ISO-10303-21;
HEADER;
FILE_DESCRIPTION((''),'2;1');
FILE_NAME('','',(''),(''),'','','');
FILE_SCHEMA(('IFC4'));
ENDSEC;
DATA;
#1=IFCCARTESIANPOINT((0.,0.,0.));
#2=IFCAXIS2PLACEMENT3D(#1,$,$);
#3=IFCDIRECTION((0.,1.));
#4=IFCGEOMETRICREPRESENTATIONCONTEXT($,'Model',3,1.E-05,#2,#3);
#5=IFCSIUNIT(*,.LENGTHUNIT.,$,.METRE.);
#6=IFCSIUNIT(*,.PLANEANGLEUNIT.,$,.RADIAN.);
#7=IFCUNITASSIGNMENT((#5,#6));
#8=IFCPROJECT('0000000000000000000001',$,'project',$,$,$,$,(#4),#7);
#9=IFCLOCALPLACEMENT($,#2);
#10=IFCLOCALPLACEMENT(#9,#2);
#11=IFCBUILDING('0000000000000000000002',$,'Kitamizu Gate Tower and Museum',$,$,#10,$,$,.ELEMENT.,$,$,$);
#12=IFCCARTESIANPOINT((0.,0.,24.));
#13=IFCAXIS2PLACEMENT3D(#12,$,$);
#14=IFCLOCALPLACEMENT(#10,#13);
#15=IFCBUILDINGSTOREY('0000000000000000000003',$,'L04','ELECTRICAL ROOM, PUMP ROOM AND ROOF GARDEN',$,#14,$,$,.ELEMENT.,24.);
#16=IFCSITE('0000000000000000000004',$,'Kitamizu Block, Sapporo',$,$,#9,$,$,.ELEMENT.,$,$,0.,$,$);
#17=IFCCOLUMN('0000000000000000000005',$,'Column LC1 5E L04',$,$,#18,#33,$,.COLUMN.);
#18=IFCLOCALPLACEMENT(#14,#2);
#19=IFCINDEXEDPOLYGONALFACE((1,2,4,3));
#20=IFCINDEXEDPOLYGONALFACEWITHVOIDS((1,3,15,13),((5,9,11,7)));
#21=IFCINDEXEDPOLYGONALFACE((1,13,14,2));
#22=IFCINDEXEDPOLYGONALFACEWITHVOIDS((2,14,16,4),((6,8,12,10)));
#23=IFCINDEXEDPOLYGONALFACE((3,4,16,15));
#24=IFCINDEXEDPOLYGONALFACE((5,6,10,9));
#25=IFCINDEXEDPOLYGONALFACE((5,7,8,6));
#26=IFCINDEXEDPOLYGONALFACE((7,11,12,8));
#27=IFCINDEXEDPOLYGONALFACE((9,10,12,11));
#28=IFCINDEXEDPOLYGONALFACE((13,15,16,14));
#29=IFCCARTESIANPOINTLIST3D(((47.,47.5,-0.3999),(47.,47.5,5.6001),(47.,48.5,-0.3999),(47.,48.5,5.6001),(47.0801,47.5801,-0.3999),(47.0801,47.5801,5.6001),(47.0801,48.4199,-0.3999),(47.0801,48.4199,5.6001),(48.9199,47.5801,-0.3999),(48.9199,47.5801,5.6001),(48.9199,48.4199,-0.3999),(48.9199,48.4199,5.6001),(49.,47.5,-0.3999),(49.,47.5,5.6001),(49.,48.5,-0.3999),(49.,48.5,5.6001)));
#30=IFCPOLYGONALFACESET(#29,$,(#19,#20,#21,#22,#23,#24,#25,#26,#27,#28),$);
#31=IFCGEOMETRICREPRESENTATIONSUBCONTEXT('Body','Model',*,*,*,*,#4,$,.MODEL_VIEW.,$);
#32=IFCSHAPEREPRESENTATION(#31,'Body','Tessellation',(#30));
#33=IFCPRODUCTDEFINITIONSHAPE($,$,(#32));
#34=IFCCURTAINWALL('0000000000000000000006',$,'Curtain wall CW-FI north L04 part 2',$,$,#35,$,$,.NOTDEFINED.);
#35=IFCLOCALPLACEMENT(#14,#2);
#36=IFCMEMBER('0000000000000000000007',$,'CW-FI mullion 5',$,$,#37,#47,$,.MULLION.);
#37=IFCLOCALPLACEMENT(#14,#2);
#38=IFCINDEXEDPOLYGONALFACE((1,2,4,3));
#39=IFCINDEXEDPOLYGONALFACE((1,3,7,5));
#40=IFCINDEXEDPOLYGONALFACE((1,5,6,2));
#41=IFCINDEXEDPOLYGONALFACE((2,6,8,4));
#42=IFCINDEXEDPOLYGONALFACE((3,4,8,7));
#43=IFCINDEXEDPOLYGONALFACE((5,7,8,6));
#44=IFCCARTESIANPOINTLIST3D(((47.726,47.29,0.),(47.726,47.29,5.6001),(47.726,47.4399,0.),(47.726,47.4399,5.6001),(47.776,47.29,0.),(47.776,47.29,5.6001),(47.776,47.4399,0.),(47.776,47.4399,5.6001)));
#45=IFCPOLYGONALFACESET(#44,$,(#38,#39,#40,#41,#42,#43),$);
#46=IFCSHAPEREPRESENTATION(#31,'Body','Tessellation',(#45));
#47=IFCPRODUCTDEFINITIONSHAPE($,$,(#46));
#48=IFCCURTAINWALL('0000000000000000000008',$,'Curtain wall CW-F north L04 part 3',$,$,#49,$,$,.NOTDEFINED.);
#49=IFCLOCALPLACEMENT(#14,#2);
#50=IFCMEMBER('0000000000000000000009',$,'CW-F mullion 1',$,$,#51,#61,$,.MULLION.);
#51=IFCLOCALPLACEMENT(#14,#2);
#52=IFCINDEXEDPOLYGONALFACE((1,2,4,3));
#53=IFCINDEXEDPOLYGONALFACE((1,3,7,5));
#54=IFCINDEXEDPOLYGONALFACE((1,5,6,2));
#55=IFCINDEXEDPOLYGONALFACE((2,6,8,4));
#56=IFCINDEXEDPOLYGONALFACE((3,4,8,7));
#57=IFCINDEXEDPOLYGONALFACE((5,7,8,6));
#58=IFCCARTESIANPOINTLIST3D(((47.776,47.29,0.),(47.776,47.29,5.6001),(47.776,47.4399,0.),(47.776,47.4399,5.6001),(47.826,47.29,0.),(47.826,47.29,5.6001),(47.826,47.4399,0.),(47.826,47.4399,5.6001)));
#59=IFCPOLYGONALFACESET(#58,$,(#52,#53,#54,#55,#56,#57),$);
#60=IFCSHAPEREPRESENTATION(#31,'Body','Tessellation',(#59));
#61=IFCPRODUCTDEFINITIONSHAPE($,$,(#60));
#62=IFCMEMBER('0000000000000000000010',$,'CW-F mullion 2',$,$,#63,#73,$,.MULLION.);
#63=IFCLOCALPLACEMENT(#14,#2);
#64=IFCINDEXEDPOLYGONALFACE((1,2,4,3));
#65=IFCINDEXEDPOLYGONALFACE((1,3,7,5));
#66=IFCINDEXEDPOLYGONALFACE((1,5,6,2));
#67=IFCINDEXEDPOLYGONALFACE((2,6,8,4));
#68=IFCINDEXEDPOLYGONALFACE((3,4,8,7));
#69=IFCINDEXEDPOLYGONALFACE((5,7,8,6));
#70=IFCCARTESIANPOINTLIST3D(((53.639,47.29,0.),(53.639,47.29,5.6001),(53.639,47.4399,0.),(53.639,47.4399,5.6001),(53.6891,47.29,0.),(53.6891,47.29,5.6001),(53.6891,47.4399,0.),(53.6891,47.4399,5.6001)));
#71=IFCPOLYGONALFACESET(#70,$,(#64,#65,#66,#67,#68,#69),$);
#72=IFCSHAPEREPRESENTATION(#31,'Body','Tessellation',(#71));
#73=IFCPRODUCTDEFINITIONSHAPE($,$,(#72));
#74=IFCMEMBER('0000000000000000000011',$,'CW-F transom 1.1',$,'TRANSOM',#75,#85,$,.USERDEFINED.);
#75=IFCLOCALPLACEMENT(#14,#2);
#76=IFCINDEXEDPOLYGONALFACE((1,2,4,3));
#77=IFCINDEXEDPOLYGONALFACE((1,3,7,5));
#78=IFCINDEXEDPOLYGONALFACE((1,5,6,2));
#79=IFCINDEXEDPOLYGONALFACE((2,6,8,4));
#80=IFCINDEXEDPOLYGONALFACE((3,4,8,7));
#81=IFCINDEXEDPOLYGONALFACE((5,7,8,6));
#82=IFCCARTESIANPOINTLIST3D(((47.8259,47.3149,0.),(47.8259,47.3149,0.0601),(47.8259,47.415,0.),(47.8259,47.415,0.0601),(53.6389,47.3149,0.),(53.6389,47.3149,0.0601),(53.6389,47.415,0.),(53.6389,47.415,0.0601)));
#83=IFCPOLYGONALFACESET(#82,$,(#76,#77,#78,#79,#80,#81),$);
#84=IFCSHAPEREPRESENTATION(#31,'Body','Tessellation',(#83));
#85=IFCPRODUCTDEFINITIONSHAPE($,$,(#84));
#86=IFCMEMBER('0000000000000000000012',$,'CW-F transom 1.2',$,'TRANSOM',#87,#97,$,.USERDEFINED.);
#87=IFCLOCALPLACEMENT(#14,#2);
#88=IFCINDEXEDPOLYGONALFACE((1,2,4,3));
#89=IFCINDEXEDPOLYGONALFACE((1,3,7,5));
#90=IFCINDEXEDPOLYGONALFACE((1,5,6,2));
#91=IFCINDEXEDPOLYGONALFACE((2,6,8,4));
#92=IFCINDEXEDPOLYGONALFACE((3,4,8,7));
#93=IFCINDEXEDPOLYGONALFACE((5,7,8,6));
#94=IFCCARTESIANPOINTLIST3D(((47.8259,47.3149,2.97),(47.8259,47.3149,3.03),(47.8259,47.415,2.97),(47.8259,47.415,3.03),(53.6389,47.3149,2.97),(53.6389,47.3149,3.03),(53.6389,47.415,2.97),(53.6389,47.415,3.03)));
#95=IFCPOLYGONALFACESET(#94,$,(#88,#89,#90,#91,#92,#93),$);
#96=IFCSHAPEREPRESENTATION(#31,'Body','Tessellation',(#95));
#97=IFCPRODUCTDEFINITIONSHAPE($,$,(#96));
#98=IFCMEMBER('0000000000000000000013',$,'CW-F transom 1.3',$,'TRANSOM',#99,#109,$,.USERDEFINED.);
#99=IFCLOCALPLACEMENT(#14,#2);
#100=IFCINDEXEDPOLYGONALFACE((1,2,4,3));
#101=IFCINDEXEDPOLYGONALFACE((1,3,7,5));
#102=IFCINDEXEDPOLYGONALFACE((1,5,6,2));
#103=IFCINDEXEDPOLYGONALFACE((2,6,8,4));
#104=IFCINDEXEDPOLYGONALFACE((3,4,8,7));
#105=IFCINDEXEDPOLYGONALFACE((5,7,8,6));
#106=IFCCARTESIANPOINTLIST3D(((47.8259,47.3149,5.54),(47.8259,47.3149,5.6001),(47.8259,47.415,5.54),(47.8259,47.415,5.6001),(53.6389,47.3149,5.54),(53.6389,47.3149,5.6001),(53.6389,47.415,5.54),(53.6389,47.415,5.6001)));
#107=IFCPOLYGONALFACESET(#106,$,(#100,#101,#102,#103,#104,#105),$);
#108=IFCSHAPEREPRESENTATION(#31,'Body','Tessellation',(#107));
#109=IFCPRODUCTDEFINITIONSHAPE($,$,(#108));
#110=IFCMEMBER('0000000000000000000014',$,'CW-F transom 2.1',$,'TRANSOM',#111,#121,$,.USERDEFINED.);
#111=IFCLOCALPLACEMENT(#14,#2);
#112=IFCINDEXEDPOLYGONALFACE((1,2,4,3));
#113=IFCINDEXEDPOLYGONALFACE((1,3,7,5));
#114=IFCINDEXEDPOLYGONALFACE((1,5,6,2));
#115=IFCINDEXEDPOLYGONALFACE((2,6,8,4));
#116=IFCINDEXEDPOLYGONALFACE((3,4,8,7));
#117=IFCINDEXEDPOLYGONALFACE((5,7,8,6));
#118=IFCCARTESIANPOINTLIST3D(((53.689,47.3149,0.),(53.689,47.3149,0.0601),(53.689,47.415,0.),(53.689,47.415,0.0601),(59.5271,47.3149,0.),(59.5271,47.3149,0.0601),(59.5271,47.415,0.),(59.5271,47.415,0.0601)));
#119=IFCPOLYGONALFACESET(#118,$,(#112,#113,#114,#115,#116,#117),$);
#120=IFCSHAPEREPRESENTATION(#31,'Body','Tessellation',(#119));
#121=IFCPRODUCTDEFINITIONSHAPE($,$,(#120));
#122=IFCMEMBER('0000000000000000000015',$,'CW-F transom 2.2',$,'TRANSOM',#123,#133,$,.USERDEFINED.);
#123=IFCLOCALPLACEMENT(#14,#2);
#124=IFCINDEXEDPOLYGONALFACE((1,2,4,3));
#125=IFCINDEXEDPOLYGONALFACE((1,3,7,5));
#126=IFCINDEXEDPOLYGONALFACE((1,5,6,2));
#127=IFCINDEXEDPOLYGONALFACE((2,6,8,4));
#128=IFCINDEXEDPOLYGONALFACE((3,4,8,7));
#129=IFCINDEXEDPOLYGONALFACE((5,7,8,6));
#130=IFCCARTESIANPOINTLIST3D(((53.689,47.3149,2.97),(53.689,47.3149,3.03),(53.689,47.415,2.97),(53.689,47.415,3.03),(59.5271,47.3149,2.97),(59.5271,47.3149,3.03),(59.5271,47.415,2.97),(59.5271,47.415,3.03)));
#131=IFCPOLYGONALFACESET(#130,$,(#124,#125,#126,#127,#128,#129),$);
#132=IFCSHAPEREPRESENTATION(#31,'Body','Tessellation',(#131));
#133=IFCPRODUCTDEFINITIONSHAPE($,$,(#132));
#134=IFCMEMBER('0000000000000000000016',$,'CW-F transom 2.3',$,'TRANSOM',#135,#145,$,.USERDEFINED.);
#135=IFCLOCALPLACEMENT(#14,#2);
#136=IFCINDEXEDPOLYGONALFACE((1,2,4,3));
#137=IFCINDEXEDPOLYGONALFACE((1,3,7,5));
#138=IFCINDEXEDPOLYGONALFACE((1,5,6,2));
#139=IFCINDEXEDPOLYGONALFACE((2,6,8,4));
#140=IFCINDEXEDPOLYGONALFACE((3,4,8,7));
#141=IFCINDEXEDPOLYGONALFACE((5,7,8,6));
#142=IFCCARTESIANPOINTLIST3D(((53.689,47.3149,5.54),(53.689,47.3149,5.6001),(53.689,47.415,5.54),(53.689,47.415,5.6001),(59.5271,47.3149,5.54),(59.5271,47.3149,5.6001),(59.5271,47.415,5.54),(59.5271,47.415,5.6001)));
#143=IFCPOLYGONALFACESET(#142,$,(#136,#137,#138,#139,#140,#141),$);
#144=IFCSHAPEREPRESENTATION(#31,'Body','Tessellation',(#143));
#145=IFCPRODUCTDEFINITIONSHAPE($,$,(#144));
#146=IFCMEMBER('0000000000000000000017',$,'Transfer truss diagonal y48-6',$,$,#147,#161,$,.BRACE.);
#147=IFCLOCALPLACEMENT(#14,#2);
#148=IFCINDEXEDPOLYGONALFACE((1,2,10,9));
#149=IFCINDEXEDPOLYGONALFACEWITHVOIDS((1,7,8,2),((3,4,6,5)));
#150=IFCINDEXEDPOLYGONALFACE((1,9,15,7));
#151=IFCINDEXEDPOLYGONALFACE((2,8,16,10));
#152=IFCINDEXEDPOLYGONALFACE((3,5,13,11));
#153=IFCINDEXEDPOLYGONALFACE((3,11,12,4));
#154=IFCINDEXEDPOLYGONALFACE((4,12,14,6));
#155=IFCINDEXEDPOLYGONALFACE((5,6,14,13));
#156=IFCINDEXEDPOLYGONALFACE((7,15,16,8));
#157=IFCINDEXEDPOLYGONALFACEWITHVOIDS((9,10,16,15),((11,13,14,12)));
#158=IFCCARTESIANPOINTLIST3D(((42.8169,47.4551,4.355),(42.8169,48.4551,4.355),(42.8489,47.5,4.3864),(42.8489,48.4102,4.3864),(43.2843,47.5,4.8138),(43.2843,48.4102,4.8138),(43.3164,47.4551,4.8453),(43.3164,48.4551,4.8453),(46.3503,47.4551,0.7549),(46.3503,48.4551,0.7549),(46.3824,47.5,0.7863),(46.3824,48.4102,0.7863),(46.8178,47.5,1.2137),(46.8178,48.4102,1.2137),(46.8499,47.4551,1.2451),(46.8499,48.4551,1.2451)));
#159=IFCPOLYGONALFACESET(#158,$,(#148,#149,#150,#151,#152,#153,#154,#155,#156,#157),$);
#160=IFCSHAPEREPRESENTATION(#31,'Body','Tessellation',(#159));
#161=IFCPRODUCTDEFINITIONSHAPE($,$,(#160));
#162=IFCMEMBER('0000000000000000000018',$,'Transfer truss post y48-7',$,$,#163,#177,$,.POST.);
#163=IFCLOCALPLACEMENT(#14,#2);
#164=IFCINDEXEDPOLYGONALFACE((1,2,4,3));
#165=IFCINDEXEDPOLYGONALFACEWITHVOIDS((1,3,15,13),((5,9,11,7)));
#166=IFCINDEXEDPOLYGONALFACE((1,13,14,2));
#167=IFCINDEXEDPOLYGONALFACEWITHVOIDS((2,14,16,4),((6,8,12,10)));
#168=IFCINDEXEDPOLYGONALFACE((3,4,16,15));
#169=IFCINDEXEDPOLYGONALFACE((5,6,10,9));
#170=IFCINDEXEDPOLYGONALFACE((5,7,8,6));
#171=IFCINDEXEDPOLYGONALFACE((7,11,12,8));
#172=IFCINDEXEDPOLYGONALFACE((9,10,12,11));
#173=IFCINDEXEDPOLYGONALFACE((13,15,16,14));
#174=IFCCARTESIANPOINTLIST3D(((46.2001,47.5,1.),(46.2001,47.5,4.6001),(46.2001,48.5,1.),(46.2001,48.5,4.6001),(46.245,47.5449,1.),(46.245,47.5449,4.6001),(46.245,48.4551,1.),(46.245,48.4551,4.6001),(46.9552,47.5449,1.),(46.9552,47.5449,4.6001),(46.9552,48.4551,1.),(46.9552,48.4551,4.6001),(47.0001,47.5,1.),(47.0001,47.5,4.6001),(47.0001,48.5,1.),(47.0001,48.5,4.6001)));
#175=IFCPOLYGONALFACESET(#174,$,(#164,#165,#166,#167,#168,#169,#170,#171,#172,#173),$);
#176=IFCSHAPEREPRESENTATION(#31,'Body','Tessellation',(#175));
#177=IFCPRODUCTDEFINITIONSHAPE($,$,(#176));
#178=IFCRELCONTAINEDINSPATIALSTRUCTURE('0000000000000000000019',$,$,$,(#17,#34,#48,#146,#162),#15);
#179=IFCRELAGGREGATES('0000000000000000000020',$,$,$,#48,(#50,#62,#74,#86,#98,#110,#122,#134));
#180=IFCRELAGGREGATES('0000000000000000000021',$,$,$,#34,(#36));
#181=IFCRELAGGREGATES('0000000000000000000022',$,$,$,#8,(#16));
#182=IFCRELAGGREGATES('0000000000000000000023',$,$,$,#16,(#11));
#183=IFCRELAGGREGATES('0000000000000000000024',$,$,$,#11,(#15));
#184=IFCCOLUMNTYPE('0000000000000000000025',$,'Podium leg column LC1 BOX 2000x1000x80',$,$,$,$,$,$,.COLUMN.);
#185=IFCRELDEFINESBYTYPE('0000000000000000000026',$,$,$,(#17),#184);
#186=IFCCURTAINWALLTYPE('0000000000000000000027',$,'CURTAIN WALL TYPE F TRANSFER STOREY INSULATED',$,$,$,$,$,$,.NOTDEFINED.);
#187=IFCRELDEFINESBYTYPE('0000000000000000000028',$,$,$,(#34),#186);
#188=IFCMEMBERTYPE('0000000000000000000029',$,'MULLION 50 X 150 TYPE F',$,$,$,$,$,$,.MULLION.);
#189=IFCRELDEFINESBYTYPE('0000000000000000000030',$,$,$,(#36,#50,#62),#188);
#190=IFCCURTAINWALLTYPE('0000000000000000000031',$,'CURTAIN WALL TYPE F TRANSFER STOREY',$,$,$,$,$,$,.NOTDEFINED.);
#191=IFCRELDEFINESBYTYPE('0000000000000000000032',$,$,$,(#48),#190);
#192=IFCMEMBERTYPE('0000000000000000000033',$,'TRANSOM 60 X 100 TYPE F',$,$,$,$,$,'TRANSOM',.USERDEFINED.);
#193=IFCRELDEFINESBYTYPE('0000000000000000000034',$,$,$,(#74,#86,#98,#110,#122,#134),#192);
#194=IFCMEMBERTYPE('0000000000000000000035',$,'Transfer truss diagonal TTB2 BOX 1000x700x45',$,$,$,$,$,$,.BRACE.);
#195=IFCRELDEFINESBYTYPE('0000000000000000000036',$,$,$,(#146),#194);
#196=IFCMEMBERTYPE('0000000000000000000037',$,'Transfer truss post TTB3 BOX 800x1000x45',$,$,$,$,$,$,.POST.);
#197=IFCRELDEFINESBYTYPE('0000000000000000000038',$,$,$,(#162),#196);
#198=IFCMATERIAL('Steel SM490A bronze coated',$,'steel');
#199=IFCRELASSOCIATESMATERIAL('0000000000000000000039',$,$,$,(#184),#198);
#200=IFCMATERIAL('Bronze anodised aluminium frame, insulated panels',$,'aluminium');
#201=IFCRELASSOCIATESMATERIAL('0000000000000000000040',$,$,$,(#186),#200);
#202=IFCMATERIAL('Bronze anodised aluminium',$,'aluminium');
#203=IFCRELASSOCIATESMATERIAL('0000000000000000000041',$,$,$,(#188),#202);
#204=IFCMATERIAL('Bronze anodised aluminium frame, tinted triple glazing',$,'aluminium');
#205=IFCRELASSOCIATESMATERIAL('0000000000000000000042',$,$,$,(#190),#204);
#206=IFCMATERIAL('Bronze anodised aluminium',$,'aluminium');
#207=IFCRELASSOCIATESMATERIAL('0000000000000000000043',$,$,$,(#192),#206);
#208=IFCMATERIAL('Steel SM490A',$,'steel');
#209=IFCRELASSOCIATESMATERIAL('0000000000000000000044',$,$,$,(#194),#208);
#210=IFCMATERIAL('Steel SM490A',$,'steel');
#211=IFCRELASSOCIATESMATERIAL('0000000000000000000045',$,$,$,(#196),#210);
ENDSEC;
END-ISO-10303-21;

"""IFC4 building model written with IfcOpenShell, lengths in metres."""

from ifc_helpers import new_model, si_unit, direction, frame, origin, origin_2d, place, context, subcontext, project, spatial, rectangle, hollow_rectangle, extrude, material, material_profile, profile_set, type_object, element, aggregate, save


model = new_model("IFC4")

# Units and contexts
model_context = context("Model", 3, precision=1e-05, world=origin(), true_north=direction((0.0, 1.0)))
body_context = subcontext(model_context, "Body", "Model", "MODEL_VIEW")
ifc_project = project(units=[si_unit("LENGTHUNIT", "METRE"), si_unit("PLANEANGLEUNIT", "RADIAN")], contexts=[model_context])

# Site, building, storey
site_placement = place(None, origin())
site = spatial("IfcSite", under=ifc_project, at=site_placement, Name="Kitamizu Block, Sapporo", CompositionType="ELEMENT", RefElevation=0.0)
building_placement = place(site_placement, origin())
building = spatial("IfcBuilding", under=site, at=building_placement, Name="Kitamizu Gate Tower and Museum", CompositionType="ELEMENT")
storey_placement = place(building_placement, frame((0.0, 0.0, 24.0)))
storey = spatial("IfcBuildingStorey", under=building, at=storey_placement, Name="L04", Description="ELECTRICAL ROOM, PUMP ROOM AND ROOF GARDEN", CompositionType="ELEMENT", Elevation=24.0)

# Column
ifc_material_1 = material(Name="Steel SM490A bronze coated", Category="steel")
ifc_material_profile_1 = material_profile(ifc_material_1, hollow_rectangle(XDim=2.0, YDim=1.0, WallThickness=0.0801, at=origin_2d()), Name="BOX 2000x1000x80")
ifc_profile_set_1 = profile_set([ifc_material_profile_1], Name="Steel SM490A bronze coated")
column_type = type_object("IfcColumnType", Name="Podium leg column LC1 BOX 2000x1000x80", PredefinedType="COLUMN", material=ifc_profile_set_1)
column_placement = place(storey_placement, frame((48.0, 48.0, -0.3999), z_axis=(0.0, 0.0, 1.0), x_axis=(1.0, 0.0, 0.0)))
element("IfcColumn", 1, at=column_placement, inside=storey, type_object=column_type, Name="Column LC1 5E L04", PredefinedType="COLUMN", context=body_context, shape_type="SweptSolid", body=[
    extrude(hollow_rectangle(XDim=2.0, YDim=1.0, WallThickness=0.0801, at=origin_2d()), origin(), (0.0, 0.0, 1.0), 6.0),
])

# Curtain wall, member
ifc_material_2 = material(Name="Bronze anodised aluminium frame, insulated panels", Category="aluminium")
curtain_wall_type_1 = type_object("IfcCurtainWallType", Name="CURTAIN WALL TYPE F TRANSFER STOREY INSULATED", PredefinedType="NOTDEFINED", material=ifc_material_2)
curtain_wall_1_placement = place(storey_placement, origin())
curtain_wall_1 = element("IfcCurtainWall", 2, at=curtain_wall_1_placement, inside=storey, type_object=curtain_wall_type_1, Name="Curtain wall CW-FI north L04 part 2", PredefinedType="NOTDEFINED")
ifc_material_3 = material(Name="Bronze anodised aluminium", Category="aluminium")
ifc_material_profile_2 = material_profile(ifc_material_3, rectangle(XDim=0.05, YDim=0.1499, at=origin_2d()), Name="AL 50X150")
ifc_profile_set_2 = profile_set([ifc_material_profile_2], Name="Bronze anodised aluminium")
member_type_1 = type_object("IfcMemberType", Name="MULLION 50 X 150 TYPE F", PredefinedType="MULLION", material=ifc_profile_set_2)
member_1_placement = place(storey_placement, frame((47.751, 47.365, 0.0), z_axis=(0.0, 0.0, 1.0), x_axis=(1.0, 0.0, 0.0)))
member_1 = element("IfcMember", 3, at=member_1_placement, type_object=member_type_1, Name="CW-FI mullion 5", PredefinedType="MULLION", context=body_context, shape_type="SweptSolid", body=[
    extrude(rectangle(XDim=0.05, YDim=0.1499, at=origin_2d()), origin(), (0.0, 0.0, 1.0), 5.6001),
])

# Curtain wall, members
ifc_material_4 = material(Name="Bronze anodised aluminium frame, tinted triple glazing", Category="aluminium")
curtain_wall_type_2 = type_object("IfcCurtainWallType", Name="CURTAIN WALL TYPE F TRANSFER STOREY", PredefinedType="NOTDEFINED", material=ifc_material_4)
curtain_wall_2_placement = place(storey_placement, origin())
curtain_wall_2 = element("IfcCurtainWall", 4, at=curtain_wall_2_placement, inside=storey, type_object=curtain_wall_type_2, Name="Curtain wall CW-F north L04 part 3", PredefinedType="NOTDEFINED")
member_2_placement = place(storey_placement, frame((47.801, 47.365, 0.0), z_axis=(0.0, 0.0, 1.0), x_axis=(1.0, 0.0, 0.0)))
member_2 = element("IfcMember", 5, at=member_2_placement, type_object=member_type_1, Name="CW-F mullion 1", PredefinedType="MULLION", context=body_context, shape_type="SweptSolid", body=[
    extrude(rectangle(XDim=0.05, YDim=0.1499, at=origin_2d()), origin(), (0.0, 0.0, 1.0), 5.6001),
])
member_3_placement = place(storey_placement, frame((53.6641, 47.365, 0.0), z_axis=(0.0, 0.0, 1.0), x_axis=(1.0, 0.0, 0.0)))
member_3 = element("IfcMember", 6, at=member_3_placement, type_object=member_type_1, Name="CW-F mullion 2", PredefinedType="MULLION", context=body_context, shape_type="SweptSolid", body=[
    extrude(rectangle(XDim=0.05, YDim=0.1499, at=origin_2d()), origin(), (0.0, 0.0, 1.0), 5.6001),
])
ifc_material_5 = material(Name="Bronze anodised aluminium", Category="aluminium")
ifc_material_profile_3 = material_profile(ifc_material_5, rectangle(XDim=0.1001, YDim=0.0601, at=origin_2d()), Name="AL 60X100")
ifc_profile_set_3 = profile_set([ifc_material_profile_3], Name="Bronze anodised aluminium")
member_type_2 = type_object("IfcMemberType", Name="TRANSOM 60 X 100 TYPE F", ElementType="TRANSOM", PredefinedType="USERDEFINED", material=ifc_profile_set_3)
member_4_placement = place(storey_placement, frame((47.8259, 47.365, 0.03), z_axis=(1.0, 0.0, 0.0), x_axis=(0.0, 1.0, 0.0)))
member_4 = element("IfcMember", 7, at=member_4_placement, type_object=member_type_2, Name="CW-F transom 1.1", ObjectType="TRANSOM", PredefinedType="USERDEFINED", context=body_context, shape_type="SweptSolid", body=[
    extrude(rectangle(XDim=0.1001, YDim=0.0601, at=origin_2d()), origin(), (0.0, 0.0, 1.0), 5.813),
])
member_5_placement = place(storey_placement, frame((47.8259, 47.365, 3.0), z_axis=(1.0, 0.0, 0.0), x_axis=(0.0, 1.0, 0.0)))
member_5 = element("IfcMember", 8, at=member_5_placement, type_object=member_type_2, Name="CW-F transom 1.2", ObjectType="TRANSOM", PredefinedType="USERDEFINED", context=body_context, shape_type="SweptSolid", body=[
    extrude(rectangle(XDim=0.1001, YDim=0.0601, at=origin_2d()), origin(), (0.0, 0.0, 1.0), 5.813),
])
member_6_placement = place(storey_placement, frame((47.8259, 47.365, 5.5701), z_axis=(1.0, 0.0, 0.0), x_axis=(0.0, 1.0, 0.0)))
member_6 = element("IfcMember", 9, at=member_6_placement, type_object=member_type_2, Name="CW-F transom 1.3", ObjectType="TRANSOM", PredefinedType="USERDEFINED", context=body_context, shape_type="SweptSolid", body=[
    extrude(rectangle(XDim=0.1001, YDim=0.0601, at=origin_2d()), origin(), (0.0, 0.0, 1.0), 5.813),
])
member_7_placement = place(storey_placement, frame((53.689, 47.365, 0.03), z_axis=(1.0, 0.0, 0.0), x_axis=(0.0, 1.0, 0.0)))
member_7 = element("IfcMember", 10, at=member_7_placement, type_object=member_type_2, Name="CW-F transom 2.1", ObjectType="TRANSOM", PredefinedType="USERDEFINED", context=body_context, shape_type="SweptSolid", body=[
    extrude(rectangle(XDim=0.1001, YDim=0.0601, at=origin_2d()), origin(), (0.0, 0.0, 1.0), 5.8381),
])
member_8_placement = place(storey_placement, frame((53.689, 47.365, 3.0), z_axis=(1.0, 0.0, 0.0), x_axis=(0.0, 1.0, 0.0)))
member_8 = element("IfcMember", 11, at=member_8_placement, type_object=member_type_2, Name="CW-F transom 2.2", ObjectType="TRANSOM", PredefinedType="USERDEFINED", context=body_context, shape_type="SweptSolid", body=[
    extrude(rectangle(XDim=0.1001, YDim=0.0601, at=origin_2d()), origin(), (0.0, 0.0, 1.0), 5.8381),
])
member_9_placement = place(storey_placement, frame((53.689, 47.365, 5.5701), z_axis=(1.0, 0.0, 0.0), x_axis=(0.0, 1.0, 0.0)))
member_9 = element("IfcMember", 12, at=member_9_placement, type_object=member_type_2, Name="CW-F transom 2.3", ObjectType="TRANSOM", PredefinedType="USERDEFINED", context=body_context, shape_type="SweptSolid", body=[
    extrude(rectangle(XDim=0.1001, YDim=0.0601, at=origin_2d()), origin(), (0.0, 0.0, 1.0), 5.8381),
])

# Members
ifc_material_6 = material(Name="Steel SM490A", Category="steel")
ifc_material_profile_4 = material_profile(ifc_material_6, hollow_rectangle(XDim=1.0, YDim=0.7, WallThickness=0.0449, at=origin_2d()), Name="BOX 1000x700x45")
ifc_profile_set_4 = profile_set([ifc_material_profile_4], Name="Steel SM490A")
member_type_3 = type_object("IfcMemberType", Name="Transfer truss diagonal TTB2 BOX 1000x700x45", PredefinedType="BRACE", material=ifc_profile_set_4)
member_10_placement = place(storey_placement, frame((46.6001, 47.9551, 1.0), z_axis=(-0.70047, 0.0, 0.713682), x_axis=(0.0, -1.0, 0.0)))
element("IfcMember", 13, at=member_10_placement, inside=storey, type_object=member_type_3, Name="Transfer truss diagonal y48-6", PredefinedType="BRACE", context=body_context, shape_type="SweptSolid", body=[
    extrude(hollow_rectangle(XDim=1.0, YDim=0.7, WallThickness=0.0449, at=origin_2d()), origin(), (0.0, 0.0, 1.0), 5.0444),
])
ifc_material_7 = material(Name="Steel SM490A", Category="steel")
ifc_material_profile_5 = material_profile(ifc_material_7, hollow_rectangle(XDim=0.8, YDim=1.0, WallThickness=0.0449, at=origin_2d()), Name="BOX 800x1000x45")
ifc_profile_set_5 = profile_set([ifc_material_profile_5], Name="Steel SM490A")
member_type_4 = type_object("IfcMemberType", Name="Transfer truss post TTB3 BOX 800x1000x45", PredefinedType="POST", material=ifc_profile_set_5)
member_11_placement = place(storey_placement, frame((46.6001, 48.0, 1.0), z_axis=(0.0, 0.0, 1.0), x_axis=(1.0, 0.0, 0.0)))
element("IfcMember", 14, at=member_11_placement, inside=storey, type_object=member_type_4, Name="Transfer truss post y48-7", PredefinedType="POST", context=body_context, shape_type="SweptSolid", body=[
    extrude(hollow_rectangle(XDim=0.8, YDim=1.0, WallThickness=0.0449, at=origin_2d()), origin(), (0.0, 0.0, 1.0), 3.6001),
])

aggregate(curtain_wall_2, [member_2, member_3, member_4, member_5, member_6, member_7, member_8, member_9])
aggregate(curtain_wall_1, [member_1])

save(model, "model.ifc")
